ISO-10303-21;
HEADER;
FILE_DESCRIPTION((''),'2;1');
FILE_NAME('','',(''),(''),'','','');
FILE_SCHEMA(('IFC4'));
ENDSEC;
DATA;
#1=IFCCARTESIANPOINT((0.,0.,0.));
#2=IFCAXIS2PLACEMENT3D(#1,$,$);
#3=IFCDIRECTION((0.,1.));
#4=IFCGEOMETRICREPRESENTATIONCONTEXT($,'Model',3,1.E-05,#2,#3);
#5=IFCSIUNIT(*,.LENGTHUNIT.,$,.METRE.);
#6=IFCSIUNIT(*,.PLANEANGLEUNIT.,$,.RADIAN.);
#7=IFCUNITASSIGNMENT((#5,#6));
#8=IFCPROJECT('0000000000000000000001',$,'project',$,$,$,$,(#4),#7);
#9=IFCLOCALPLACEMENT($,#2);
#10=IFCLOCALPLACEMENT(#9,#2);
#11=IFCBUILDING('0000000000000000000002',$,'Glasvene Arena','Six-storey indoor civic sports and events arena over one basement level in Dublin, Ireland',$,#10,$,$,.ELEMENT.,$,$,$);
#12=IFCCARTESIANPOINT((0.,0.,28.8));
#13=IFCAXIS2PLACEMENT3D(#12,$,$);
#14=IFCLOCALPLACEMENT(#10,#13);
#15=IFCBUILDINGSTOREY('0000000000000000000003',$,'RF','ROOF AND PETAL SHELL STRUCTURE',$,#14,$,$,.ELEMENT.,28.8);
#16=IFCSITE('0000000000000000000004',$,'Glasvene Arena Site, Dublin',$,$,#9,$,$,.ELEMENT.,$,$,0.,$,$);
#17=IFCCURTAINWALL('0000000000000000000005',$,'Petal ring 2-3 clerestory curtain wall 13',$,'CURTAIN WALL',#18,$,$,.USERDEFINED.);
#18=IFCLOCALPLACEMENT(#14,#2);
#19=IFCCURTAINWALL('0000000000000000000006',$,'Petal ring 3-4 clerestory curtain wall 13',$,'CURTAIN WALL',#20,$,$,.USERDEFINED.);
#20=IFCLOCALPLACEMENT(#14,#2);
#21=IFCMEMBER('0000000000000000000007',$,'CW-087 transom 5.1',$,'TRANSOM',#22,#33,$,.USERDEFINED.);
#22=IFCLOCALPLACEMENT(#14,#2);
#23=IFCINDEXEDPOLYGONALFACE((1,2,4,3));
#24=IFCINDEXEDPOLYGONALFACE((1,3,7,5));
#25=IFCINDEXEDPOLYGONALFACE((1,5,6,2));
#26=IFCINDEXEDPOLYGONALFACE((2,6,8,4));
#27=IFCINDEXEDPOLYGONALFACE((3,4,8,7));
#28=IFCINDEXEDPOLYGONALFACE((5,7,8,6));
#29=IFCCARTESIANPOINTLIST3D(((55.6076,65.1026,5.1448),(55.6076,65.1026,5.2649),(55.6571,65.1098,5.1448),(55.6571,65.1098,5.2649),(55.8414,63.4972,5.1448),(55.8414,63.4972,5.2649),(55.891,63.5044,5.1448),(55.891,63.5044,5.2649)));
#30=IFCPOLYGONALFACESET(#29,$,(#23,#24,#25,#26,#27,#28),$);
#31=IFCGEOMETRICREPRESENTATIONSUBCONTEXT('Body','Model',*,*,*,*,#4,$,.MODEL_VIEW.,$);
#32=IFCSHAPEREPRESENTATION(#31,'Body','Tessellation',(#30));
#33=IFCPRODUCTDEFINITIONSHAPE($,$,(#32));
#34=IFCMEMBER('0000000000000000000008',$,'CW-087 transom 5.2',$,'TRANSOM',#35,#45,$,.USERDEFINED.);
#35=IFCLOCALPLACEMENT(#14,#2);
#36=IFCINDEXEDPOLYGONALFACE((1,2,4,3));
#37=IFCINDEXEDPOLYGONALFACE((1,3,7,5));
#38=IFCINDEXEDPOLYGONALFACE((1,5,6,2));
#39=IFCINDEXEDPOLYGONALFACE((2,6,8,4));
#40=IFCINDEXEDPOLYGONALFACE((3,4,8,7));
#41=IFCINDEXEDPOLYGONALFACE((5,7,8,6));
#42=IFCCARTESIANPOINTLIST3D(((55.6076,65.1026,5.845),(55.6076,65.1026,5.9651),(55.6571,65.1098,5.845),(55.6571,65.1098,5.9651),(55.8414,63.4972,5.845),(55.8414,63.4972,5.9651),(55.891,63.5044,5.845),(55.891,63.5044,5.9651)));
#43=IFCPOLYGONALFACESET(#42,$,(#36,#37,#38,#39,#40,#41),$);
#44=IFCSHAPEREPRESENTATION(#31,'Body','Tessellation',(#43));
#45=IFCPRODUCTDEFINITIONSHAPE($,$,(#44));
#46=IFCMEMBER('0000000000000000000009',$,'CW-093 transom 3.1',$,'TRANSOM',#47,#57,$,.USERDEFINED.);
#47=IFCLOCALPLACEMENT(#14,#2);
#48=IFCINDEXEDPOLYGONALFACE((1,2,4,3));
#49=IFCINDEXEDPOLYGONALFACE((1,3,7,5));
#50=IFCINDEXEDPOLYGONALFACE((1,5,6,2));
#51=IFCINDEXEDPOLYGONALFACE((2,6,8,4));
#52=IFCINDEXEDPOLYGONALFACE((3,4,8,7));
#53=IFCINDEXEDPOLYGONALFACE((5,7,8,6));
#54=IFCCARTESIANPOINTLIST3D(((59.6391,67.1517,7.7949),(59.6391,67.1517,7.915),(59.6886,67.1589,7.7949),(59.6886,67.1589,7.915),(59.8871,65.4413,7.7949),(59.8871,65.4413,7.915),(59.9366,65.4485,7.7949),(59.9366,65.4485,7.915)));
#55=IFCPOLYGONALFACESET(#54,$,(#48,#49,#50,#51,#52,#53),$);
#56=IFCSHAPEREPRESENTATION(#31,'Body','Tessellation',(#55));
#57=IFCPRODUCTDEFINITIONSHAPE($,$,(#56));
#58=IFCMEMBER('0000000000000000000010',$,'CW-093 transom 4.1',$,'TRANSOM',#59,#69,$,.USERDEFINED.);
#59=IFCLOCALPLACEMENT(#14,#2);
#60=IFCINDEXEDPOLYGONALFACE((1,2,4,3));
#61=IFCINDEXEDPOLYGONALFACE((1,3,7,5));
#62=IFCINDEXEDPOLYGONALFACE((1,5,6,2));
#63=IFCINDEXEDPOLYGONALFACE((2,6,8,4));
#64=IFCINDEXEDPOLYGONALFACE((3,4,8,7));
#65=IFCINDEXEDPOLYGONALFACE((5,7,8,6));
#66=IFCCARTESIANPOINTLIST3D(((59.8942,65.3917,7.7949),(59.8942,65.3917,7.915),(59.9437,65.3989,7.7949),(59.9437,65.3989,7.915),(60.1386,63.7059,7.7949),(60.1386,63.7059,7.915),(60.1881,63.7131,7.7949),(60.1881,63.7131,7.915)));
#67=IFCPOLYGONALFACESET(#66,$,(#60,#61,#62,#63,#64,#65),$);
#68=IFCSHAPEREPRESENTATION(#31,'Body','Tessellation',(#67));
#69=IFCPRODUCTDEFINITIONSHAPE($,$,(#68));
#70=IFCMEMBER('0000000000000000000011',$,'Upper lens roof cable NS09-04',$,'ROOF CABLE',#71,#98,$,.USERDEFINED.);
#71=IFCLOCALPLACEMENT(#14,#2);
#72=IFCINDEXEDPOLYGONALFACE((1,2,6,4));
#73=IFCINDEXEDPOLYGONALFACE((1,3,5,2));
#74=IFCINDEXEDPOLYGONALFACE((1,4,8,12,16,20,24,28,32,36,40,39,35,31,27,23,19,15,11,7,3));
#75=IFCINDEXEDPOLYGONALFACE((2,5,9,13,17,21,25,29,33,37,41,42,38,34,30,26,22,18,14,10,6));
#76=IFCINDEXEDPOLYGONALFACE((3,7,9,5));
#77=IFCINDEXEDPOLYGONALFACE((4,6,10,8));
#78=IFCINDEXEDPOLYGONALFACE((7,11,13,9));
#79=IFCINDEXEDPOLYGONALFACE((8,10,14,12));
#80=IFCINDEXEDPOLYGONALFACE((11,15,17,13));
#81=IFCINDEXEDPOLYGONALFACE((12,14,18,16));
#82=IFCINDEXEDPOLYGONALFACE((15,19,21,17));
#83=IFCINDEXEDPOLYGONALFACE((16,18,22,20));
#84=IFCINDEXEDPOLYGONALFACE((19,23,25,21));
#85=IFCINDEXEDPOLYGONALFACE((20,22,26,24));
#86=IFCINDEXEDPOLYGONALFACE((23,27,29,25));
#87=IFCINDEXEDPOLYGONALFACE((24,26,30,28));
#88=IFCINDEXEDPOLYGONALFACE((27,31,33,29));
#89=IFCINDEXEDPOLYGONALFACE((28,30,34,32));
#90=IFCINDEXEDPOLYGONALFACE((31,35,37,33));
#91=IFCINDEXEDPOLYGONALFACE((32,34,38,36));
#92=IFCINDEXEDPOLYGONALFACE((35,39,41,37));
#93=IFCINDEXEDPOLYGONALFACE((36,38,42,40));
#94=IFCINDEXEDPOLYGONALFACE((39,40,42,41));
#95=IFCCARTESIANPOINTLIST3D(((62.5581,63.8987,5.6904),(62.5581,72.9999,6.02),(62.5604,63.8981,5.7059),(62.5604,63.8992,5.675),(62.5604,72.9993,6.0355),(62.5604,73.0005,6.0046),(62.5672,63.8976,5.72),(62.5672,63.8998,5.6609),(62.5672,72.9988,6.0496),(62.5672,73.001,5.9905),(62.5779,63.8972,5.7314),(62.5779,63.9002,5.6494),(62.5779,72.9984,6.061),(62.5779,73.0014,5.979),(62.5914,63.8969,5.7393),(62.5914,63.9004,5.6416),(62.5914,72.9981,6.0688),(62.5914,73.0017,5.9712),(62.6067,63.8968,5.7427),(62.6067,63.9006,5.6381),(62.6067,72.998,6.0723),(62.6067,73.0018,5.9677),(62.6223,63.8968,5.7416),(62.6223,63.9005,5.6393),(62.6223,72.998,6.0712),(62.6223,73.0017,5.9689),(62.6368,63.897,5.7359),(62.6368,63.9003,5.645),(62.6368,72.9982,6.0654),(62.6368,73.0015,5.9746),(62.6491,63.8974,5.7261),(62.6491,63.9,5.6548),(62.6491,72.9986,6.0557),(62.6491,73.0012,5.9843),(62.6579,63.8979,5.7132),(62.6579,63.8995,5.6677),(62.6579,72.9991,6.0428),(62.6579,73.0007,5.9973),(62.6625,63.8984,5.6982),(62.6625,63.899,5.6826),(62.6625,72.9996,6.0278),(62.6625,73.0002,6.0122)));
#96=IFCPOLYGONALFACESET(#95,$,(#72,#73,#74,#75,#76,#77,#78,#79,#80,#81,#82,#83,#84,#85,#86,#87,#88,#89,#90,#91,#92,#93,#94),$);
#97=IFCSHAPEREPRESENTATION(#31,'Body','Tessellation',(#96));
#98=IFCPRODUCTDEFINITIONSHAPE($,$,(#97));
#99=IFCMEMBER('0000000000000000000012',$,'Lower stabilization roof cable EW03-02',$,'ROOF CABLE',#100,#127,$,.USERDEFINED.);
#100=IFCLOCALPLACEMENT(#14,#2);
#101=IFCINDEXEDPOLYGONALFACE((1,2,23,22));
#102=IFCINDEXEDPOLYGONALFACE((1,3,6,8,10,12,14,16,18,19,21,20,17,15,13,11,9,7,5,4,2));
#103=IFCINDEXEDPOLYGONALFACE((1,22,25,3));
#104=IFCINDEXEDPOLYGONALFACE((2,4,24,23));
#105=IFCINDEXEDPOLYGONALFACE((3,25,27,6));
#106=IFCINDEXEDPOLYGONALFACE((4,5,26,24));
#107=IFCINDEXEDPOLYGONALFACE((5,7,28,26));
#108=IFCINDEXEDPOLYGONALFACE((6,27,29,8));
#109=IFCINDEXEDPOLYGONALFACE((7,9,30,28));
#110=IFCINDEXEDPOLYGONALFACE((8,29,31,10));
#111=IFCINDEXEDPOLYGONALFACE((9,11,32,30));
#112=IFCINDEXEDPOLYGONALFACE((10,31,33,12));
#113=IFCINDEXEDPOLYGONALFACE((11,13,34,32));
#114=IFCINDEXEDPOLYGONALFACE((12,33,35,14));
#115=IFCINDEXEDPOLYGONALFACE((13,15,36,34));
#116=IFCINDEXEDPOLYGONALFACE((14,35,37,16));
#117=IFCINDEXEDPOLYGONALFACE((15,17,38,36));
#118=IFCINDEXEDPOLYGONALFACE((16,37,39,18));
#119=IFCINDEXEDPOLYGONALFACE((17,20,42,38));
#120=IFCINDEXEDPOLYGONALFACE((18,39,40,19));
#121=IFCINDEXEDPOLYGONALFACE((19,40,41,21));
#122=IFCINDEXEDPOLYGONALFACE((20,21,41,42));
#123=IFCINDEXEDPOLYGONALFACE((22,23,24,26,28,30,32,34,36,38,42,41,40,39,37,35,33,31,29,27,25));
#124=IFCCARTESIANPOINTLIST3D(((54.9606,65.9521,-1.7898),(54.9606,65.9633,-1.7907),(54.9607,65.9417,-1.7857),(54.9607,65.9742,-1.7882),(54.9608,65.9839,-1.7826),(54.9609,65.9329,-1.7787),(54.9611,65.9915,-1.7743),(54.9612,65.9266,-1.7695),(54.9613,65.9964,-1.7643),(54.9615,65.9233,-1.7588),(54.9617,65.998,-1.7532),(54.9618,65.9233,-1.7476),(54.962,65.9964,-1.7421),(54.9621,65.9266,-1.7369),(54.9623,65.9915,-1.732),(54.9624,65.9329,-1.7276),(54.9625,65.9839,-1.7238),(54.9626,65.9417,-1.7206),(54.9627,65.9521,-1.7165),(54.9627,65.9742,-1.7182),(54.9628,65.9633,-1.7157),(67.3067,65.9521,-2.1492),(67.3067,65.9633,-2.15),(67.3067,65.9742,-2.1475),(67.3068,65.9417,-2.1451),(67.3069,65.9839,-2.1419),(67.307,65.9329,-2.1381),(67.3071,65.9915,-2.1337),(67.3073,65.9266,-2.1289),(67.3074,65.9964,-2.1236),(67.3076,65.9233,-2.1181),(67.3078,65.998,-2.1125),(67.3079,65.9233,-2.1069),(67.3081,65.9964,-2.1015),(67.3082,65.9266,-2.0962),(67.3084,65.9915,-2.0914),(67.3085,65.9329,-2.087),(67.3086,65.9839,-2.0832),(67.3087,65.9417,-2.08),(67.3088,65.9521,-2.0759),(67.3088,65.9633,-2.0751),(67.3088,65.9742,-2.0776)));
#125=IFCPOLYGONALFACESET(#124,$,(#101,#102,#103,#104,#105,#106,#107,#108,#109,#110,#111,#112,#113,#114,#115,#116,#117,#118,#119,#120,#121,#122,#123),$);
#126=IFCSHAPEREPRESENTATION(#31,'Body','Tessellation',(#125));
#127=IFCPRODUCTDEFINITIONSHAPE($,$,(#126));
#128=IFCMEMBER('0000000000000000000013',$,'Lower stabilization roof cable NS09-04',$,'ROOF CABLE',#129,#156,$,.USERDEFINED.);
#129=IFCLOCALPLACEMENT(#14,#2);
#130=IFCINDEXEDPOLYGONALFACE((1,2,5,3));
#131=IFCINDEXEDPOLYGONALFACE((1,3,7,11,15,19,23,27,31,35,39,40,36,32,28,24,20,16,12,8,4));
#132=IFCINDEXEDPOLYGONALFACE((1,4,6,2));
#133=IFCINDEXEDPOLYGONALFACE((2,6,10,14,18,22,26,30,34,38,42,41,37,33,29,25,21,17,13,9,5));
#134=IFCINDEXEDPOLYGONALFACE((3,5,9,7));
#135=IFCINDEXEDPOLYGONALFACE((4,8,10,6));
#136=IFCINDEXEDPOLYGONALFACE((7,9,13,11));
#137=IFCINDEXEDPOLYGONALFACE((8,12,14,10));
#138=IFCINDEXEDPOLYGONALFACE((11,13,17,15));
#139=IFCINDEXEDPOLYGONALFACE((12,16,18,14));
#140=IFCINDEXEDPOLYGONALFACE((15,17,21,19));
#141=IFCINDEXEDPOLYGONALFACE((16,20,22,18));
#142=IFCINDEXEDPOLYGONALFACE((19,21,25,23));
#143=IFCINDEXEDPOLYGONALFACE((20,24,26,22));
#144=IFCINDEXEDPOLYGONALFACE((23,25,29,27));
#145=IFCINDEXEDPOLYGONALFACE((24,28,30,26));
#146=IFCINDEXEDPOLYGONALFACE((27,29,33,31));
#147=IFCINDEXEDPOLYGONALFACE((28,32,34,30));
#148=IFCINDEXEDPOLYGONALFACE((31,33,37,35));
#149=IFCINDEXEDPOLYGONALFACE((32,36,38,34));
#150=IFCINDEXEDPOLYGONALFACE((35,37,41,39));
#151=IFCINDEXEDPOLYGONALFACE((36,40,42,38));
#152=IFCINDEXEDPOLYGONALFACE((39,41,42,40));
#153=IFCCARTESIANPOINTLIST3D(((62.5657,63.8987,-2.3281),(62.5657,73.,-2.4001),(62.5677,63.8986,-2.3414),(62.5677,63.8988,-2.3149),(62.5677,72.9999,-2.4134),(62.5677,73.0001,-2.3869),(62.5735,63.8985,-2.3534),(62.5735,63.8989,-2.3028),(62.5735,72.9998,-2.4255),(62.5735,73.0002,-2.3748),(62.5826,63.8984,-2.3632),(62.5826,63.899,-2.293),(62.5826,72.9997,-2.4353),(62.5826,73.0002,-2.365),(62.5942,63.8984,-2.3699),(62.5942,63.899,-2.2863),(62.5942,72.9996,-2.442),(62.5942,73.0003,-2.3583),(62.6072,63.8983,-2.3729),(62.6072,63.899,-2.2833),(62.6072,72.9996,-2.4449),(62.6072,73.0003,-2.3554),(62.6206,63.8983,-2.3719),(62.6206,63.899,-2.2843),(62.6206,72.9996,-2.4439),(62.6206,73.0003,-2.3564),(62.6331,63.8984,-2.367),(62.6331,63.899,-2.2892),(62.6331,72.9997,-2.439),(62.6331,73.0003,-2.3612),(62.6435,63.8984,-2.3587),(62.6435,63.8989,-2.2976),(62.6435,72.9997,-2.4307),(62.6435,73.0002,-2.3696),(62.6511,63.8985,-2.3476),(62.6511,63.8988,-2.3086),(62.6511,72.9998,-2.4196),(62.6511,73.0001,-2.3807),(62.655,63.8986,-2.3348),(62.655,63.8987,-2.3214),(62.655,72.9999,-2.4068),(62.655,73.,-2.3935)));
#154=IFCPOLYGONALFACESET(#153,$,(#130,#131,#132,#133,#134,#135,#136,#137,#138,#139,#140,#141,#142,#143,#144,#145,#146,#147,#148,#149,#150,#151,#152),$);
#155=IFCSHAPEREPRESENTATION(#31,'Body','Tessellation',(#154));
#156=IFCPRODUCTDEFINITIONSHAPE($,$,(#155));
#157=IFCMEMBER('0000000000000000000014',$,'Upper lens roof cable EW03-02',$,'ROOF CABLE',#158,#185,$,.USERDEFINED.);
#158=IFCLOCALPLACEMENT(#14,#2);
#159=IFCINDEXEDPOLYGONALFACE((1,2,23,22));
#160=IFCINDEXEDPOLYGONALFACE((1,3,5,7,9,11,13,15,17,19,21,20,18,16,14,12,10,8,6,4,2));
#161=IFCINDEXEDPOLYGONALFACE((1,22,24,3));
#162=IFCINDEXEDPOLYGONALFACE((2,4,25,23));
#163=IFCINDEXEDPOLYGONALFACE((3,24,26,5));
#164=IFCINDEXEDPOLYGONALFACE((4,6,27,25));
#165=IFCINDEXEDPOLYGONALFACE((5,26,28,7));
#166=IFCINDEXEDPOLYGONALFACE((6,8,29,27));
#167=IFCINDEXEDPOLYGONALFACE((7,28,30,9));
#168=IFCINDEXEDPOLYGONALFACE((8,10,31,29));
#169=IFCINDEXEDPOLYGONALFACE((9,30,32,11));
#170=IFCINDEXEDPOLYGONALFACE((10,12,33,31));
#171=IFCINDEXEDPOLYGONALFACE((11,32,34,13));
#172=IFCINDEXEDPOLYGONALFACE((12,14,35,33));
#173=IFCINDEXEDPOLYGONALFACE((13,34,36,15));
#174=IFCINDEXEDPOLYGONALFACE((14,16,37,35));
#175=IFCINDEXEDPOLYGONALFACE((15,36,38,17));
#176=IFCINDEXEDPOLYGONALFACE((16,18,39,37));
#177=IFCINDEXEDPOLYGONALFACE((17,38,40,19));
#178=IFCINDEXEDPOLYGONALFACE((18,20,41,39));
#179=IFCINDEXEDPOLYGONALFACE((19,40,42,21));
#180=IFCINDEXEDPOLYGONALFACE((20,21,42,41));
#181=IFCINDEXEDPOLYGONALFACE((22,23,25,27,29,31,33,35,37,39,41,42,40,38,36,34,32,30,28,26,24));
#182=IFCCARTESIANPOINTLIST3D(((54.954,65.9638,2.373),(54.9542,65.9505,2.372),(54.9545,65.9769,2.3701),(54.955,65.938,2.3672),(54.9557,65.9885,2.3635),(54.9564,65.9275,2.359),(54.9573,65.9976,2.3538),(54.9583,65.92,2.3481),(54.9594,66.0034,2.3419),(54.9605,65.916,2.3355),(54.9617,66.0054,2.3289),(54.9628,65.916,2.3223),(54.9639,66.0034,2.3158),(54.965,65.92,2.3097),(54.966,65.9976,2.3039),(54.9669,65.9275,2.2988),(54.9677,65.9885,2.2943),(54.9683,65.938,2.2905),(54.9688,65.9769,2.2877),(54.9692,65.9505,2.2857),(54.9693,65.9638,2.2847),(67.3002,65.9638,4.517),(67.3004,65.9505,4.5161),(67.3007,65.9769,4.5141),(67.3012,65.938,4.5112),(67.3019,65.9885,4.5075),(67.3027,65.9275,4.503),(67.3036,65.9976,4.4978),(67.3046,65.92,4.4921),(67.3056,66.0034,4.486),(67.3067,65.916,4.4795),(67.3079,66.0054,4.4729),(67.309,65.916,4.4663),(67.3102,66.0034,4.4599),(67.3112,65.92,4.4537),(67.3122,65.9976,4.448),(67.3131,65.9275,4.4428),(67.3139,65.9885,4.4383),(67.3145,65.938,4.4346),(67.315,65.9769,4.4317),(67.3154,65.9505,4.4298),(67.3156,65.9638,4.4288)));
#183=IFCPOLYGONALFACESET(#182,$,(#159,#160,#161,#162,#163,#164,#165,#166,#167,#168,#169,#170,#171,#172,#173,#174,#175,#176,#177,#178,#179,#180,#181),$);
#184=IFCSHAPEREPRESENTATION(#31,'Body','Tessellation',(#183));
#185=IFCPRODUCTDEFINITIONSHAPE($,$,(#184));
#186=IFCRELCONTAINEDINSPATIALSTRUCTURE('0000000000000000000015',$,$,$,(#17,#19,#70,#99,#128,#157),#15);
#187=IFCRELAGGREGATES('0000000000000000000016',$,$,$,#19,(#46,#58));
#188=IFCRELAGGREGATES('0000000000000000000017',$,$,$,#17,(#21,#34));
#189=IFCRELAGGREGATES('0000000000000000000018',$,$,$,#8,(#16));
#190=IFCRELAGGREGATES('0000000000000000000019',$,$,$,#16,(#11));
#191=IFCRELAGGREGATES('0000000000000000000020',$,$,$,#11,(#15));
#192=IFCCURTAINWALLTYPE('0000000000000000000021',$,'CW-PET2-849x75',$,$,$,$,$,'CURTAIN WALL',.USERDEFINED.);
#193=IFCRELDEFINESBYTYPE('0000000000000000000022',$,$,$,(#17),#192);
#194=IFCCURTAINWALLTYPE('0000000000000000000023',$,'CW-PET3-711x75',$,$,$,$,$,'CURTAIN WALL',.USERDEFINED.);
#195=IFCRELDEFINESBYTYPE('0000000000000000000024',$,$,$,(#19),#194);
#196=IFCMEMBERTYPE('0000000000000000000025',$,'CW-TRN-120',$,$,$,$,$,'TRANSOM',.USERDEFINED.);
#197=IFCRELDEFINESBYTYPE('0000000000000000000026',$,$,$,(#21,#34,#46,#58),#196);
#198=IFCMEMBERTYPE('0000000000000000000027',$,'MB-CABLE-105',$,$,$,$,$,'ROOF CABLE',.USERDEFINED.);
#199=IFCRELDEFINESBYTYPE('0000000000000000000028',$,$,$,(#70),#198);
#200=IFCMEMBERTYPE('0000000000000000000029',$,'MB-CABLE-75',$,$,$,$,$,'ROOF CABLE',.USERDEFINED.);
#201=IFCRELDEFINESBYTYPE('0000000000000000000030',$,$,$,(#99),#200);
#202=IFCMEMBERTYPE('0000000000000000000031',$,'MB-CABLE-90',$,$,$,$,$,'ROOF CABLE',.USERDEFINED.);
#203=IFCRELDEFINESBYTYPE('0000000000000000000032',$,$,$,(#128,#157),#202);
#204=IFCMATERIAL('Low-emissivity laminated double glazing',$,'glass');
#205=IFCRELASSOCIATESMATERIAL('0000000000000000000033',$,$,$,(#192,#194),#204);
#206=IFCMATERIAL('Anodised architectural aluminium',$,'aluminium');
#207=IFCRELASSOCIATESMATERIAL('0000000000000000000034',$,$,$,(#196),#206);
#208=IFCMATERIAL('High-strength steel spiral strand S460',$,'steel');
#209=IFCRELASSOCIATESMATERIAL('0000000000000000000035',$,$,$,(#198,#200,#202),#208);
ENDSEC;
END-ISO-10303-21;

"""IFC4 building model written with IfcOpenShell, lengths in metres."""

from ifc_helpers import new_model, si_unit, direction, frame, origin, origin_2d, place, context, subcontext, project, spatial, rectangle, circle, extrude, material, material_profile, profile_set, type_object, element, aggregate, save


model = new_model("IFC4")

# Units and contexts
model_context = context("Model", 3, precision=1e-05, world=origin(), true_north=direction((0.0, 1.0)))
body_context = subcontext(model_context, "Body", "Model", "MODEL_VIEW")
ifc_project = project(units=[si_unit("LENGTHUNIT", "METRE"), si_unit("PLANEANGLEUNIT", "RADIAN")], contexts=[model_context])

# Site, building, storey
site_placement = place(None, origin())
site = spatial("IfcSite", under=ifc_project, at=site_placement, Name="Glasvene Arena Site, Dublin", CompositionType="ELEMENT", RefElevation=0.0)
building_placement = place(site_placement, origin())
building = spatial("IfcBuilding", under=site, at=building_placement, Name="Glasvene Arena", Description="Six-storey indoor civic sports and events arena over one basement level in Dublin, Ireland", CompositionType="ELEMENT")
storey_placement = place(building_placement, frame((0.0, 0.0, 28.8)))
storey = spatial("IfcBuildingStorey", under=building, at=storey_placement, Name="RF", Description="ROOF AND PETAL SHELL STRUCTURE", CompositionType="ELEMENT", Elevation=28.8)

# Curtain wall
ifc_material_1 = material(Name="Low-emissivity laminated double glazing", Category="glass")
curtain_wall_type_1 = type_object("IfcCurtainWallType", Name="CW-PET2-849x75", ElementType="CURTAIN WALL", PredefinedType="USERDEFINED", material=ifc_material_1)
curtain_wall_1_placement = place(storey_placement, frame((54.6499, 71.8501, 0.0)))
curtain_wall_1 = element("IfcCurtainWall", 1, at=curtain_wall_1_placement, inside=storey, type_object=curtain_wall_type_1, Name="Petal ring 2-3 clerestory curtain wall 13", ObjectType="CURTAIN WALL", PredefinedType="USERDEFINED")
ifc_material_2 = material(Name="Anodised architectural aluminium", Category="aluminium")

# Shared definitions
curtain_wall_type_2 = type_object("IfcCurtainWallType", Name="CW-PET3-711x75", ElementType="CURTAIN WALL", PredefinedType="USERDEFINED", material=ifc_material_1)

# Curtain wall
curtain_wall_2_placement = place(storey_placement, frame((59.1499, 70.7, 0.0)))
curtain_wall_2 = element("IfcCurtainWall", 2, at=curtain_wall_2_placement, inside=storey, type_object=curtain_wall_type_2, Name="Petal ring 3-4 clerestory curtain wall 13", ObjectType="CURTAIN WALL", PredefinedType="USERDEFINED")

# Members
ifc_material_profile_1 = material_profile(ifc_material_2, rectangle(XDim=0.05, YDim=0.1201, at=origin_2d()), Name="ALU TRANSOM 50x120")
ifc_profile_set_1 = profile_set([ifc_material_profile_1], Name="Anodised architectural aluminium")
member_type_1 = type_object("IfcMemberType", Name="CW-TRN-120", ElementType="TRANSOM", PredefinedType="USERDEFINED", material=ifc_profile_set_1)
member_1_placement = place(storey_placement, frame((55.6323, 65.1062, 5.2048), z_axis=(0.14416, -0.989554, 0.0), x_axis=(0.989554, 0.14416, 0.0)))
member_1 = element("IfcMember", 3, at=member_1_placement, type_object=member_type_1, Name="CW-087 transom 5.1", ObjectType="TRANSOM", PredefinedType="USERDEFINED", context=body_context, shape_type="SweptSolid", body=[
    extrude(rectangle(XDim=0.05, YDim=0.1201, at=origin_2d()), origin(), (0.0, 0.0, 1.0), 1.6223),
])
member_2_placement = place(storey_placement, frame((55.6323, 65.1062, 5.905), z_axis=(0.14416, -0.989554, 0.0), x_axis=(0.989554, 0.14416, 0.0)))
member_2 = element("IfcMember", 4, at=member_2_placement, type_object=member_type_1, Name="CW-087 transom 5.2", ObjectType="TRANSOM", PredefinedType="USERDEFINED", context=body_context, shape_type="SweptSolid", body=[
    extrude(rectangle(XDim=0.05, YDim=0.1201, at=origin_2d()), origin(), (0.0, 0.0, 1.0), 1.6223),
])
member_3_placement = place(storey_placement, frame((59.6638, 67.1553, 7.855), z_axis=(0.143517, -0.989648, 0.0), x_axis=(0.989648, 0.143517, 0.0)))
member_3 = element("IfcMember", 5, at=member_3_placement, type_object=member_type_1, Name="CW-093 transom 3.1", ObjectType="TRANSOM", PredefinedType="USERDEFINED", context=body_context, shape_type="SweptSolid", body=[
    extrude(rectangle(XDim=0.05, YDim=0.1201, at=origin_2d()), origin(), (0.0, 0.0, 1.0), 1.7283),
])
member_4_placement = place(storey_placement, frame((59.9189, 65.3953, 7.855), z_axis=(0.143468, -0.989655, 0.0), x_axis=(0.989655, 0.143468, 0.0)))
member_4 = element("IfcMember", 6, at=member_4_placement, type_object=member_type_1, Name="CW-093 transom 4.1", ObjectType="TRANSOM", PredefinedType="USERDEFINED", context=body_context, shape_type="SweptSolid", body=[
    extrude(rectangle(XDim=0.05, YDim=0.1201, at=origin_2d()), origin(), (0.0, 0.0, 1.0), 1.7034),
])
aggregate(curtain_wall_2, [member_3, member_4])

# Members
ifc_material_3 = material(Name="High-strength steel spiral strand S460", Category="steel")
ifc_material_profile_2 = material_profile(ifc_material_3, circle(Radius=0.0525, at=origin_2d()), Name="LCSS D105")
ifc_profile_set_2 = profile_set([ifc_material_profile_2], Name="High-strength steel spiral strand S460")
member_type_2 = type_object("IfcMemberType", Name="MB-CABLE-105", ElementType="ROOF CABLE", PredefinedType="USERDEFINED", material=ifc_profile_set_2)
member_5_placement = place(storey_placement, frame((62.6106, 63.8987, 5.6904), z_axis=(0.0, 0.999345, 0.03619), x_axis=(-1.0, 0.0, 0.0)))
element("IfcMember", 7, at=member_5_placement, inside=storey, type_object=member_type_2, Name="Upper lens roof cable NS09-04", ObjectType="ROOF CABLE", PredefinedType="USERDEFINED", context=body_context, shape_type="SweptSolid", body=[
    extrude(circle(Radius=0.0525, at=origin_2d()), origin(), (0.0, 0.0, 1.0), 9.1072),
])
ifc_material_profile_3 = material_profile(ifc_material_3, circle(Radius=0.0376, at=origin_2d()), Name="LCSS D75")
ifc_profile_set_3 = profile_set([ifc_material_profile_3], Name="High-strength steel spiral strand S460")
member_type_3 = type_object("IfcMemberType", Name="MB-CABLE-75", ElementType="ROOF CABLE", PredefinedType="USERDEFINED", material=ifc_profile_set_3)
member_6_placement = place(storey_placement, frame((54.9617, 65.9604, -1.7532), z_axis=(0.999577, 0.0, -0.029096), x_axis=(0.0, 1.0, 0.0)))
element("IfcMember", 8, at=member_6_placement, inside=storey, type_object=member_type_3, Name="Lower stabilization roof cable EW03-02", ObjectType="ROOF CABLE", PredefinedType="USERDEFINED", context=body_context, shape_type="SweptSolid", body=[
    extrude(circle(Radius=0.0376, at=origin_2d()), origin(), (0.0, 0.0, 1.0), 12.3513),
])
ifc_material_profile_4 = material_profile(ifc_material_3, circle(Radius=0.0449, at=origin_2d()), Name="LCSS D90")
ifc_profile_set_4 = profile_set([ifc_material_profile_4], Name="High-strength steel spiral strand S460")
member_type_4 = type_object("IfcMemberType", Name="MB-CABLE-90", ElementType="ROOF CABLE", PredefinedType="USERDEFINED", material=ifc_profile_set_4)
member_7_placement = place(storey_placement, frame((62.6106, 63.8987, -2.3281), z_axis=(0.0, 0.999969, -0.007913), x_axis=(-1.0, 0.0, 0.0)))
element("IfcMember", 9, at=member_7_placement, inside=storey, type_object=member_type_4, Name="Lower stabilization roof cable NS09-04", ObjectType="ROOF CABLE", PredefinedType="USERDEFINED", context=body_context, shape_type="SweptSolid", body=[
    extrude(circle(Radius=0.0449, at=origin_2d()), origin(), (0.0, 0.0, 1.0), 9.1016),
])
member_8_placement = place(storey_placement, frame((54.9617, 65.9604, 2.3289), z_axis=(0.985254, 0.0, 0.171099), x_axis=(0.0, 1.0, 0.0)))
element("IfcMember", 10, at=member_8_placement, inside=storey, type_object=member_type_4, Name="Upper lens roof cable EW03-02", ObjectType="ROOF CABLE", PredefinedType="USERDEFINED", context=body_context, shape_type="SweptSolid", body=[
    extrude(circle(Radius=0.0449, at=origin_2d()), origin(), (0.0, 0.0, 1.0), 12.531),
])

aggregate(curtain_wall_1, [member_1, member_2])

save(model, "model.ifc")
